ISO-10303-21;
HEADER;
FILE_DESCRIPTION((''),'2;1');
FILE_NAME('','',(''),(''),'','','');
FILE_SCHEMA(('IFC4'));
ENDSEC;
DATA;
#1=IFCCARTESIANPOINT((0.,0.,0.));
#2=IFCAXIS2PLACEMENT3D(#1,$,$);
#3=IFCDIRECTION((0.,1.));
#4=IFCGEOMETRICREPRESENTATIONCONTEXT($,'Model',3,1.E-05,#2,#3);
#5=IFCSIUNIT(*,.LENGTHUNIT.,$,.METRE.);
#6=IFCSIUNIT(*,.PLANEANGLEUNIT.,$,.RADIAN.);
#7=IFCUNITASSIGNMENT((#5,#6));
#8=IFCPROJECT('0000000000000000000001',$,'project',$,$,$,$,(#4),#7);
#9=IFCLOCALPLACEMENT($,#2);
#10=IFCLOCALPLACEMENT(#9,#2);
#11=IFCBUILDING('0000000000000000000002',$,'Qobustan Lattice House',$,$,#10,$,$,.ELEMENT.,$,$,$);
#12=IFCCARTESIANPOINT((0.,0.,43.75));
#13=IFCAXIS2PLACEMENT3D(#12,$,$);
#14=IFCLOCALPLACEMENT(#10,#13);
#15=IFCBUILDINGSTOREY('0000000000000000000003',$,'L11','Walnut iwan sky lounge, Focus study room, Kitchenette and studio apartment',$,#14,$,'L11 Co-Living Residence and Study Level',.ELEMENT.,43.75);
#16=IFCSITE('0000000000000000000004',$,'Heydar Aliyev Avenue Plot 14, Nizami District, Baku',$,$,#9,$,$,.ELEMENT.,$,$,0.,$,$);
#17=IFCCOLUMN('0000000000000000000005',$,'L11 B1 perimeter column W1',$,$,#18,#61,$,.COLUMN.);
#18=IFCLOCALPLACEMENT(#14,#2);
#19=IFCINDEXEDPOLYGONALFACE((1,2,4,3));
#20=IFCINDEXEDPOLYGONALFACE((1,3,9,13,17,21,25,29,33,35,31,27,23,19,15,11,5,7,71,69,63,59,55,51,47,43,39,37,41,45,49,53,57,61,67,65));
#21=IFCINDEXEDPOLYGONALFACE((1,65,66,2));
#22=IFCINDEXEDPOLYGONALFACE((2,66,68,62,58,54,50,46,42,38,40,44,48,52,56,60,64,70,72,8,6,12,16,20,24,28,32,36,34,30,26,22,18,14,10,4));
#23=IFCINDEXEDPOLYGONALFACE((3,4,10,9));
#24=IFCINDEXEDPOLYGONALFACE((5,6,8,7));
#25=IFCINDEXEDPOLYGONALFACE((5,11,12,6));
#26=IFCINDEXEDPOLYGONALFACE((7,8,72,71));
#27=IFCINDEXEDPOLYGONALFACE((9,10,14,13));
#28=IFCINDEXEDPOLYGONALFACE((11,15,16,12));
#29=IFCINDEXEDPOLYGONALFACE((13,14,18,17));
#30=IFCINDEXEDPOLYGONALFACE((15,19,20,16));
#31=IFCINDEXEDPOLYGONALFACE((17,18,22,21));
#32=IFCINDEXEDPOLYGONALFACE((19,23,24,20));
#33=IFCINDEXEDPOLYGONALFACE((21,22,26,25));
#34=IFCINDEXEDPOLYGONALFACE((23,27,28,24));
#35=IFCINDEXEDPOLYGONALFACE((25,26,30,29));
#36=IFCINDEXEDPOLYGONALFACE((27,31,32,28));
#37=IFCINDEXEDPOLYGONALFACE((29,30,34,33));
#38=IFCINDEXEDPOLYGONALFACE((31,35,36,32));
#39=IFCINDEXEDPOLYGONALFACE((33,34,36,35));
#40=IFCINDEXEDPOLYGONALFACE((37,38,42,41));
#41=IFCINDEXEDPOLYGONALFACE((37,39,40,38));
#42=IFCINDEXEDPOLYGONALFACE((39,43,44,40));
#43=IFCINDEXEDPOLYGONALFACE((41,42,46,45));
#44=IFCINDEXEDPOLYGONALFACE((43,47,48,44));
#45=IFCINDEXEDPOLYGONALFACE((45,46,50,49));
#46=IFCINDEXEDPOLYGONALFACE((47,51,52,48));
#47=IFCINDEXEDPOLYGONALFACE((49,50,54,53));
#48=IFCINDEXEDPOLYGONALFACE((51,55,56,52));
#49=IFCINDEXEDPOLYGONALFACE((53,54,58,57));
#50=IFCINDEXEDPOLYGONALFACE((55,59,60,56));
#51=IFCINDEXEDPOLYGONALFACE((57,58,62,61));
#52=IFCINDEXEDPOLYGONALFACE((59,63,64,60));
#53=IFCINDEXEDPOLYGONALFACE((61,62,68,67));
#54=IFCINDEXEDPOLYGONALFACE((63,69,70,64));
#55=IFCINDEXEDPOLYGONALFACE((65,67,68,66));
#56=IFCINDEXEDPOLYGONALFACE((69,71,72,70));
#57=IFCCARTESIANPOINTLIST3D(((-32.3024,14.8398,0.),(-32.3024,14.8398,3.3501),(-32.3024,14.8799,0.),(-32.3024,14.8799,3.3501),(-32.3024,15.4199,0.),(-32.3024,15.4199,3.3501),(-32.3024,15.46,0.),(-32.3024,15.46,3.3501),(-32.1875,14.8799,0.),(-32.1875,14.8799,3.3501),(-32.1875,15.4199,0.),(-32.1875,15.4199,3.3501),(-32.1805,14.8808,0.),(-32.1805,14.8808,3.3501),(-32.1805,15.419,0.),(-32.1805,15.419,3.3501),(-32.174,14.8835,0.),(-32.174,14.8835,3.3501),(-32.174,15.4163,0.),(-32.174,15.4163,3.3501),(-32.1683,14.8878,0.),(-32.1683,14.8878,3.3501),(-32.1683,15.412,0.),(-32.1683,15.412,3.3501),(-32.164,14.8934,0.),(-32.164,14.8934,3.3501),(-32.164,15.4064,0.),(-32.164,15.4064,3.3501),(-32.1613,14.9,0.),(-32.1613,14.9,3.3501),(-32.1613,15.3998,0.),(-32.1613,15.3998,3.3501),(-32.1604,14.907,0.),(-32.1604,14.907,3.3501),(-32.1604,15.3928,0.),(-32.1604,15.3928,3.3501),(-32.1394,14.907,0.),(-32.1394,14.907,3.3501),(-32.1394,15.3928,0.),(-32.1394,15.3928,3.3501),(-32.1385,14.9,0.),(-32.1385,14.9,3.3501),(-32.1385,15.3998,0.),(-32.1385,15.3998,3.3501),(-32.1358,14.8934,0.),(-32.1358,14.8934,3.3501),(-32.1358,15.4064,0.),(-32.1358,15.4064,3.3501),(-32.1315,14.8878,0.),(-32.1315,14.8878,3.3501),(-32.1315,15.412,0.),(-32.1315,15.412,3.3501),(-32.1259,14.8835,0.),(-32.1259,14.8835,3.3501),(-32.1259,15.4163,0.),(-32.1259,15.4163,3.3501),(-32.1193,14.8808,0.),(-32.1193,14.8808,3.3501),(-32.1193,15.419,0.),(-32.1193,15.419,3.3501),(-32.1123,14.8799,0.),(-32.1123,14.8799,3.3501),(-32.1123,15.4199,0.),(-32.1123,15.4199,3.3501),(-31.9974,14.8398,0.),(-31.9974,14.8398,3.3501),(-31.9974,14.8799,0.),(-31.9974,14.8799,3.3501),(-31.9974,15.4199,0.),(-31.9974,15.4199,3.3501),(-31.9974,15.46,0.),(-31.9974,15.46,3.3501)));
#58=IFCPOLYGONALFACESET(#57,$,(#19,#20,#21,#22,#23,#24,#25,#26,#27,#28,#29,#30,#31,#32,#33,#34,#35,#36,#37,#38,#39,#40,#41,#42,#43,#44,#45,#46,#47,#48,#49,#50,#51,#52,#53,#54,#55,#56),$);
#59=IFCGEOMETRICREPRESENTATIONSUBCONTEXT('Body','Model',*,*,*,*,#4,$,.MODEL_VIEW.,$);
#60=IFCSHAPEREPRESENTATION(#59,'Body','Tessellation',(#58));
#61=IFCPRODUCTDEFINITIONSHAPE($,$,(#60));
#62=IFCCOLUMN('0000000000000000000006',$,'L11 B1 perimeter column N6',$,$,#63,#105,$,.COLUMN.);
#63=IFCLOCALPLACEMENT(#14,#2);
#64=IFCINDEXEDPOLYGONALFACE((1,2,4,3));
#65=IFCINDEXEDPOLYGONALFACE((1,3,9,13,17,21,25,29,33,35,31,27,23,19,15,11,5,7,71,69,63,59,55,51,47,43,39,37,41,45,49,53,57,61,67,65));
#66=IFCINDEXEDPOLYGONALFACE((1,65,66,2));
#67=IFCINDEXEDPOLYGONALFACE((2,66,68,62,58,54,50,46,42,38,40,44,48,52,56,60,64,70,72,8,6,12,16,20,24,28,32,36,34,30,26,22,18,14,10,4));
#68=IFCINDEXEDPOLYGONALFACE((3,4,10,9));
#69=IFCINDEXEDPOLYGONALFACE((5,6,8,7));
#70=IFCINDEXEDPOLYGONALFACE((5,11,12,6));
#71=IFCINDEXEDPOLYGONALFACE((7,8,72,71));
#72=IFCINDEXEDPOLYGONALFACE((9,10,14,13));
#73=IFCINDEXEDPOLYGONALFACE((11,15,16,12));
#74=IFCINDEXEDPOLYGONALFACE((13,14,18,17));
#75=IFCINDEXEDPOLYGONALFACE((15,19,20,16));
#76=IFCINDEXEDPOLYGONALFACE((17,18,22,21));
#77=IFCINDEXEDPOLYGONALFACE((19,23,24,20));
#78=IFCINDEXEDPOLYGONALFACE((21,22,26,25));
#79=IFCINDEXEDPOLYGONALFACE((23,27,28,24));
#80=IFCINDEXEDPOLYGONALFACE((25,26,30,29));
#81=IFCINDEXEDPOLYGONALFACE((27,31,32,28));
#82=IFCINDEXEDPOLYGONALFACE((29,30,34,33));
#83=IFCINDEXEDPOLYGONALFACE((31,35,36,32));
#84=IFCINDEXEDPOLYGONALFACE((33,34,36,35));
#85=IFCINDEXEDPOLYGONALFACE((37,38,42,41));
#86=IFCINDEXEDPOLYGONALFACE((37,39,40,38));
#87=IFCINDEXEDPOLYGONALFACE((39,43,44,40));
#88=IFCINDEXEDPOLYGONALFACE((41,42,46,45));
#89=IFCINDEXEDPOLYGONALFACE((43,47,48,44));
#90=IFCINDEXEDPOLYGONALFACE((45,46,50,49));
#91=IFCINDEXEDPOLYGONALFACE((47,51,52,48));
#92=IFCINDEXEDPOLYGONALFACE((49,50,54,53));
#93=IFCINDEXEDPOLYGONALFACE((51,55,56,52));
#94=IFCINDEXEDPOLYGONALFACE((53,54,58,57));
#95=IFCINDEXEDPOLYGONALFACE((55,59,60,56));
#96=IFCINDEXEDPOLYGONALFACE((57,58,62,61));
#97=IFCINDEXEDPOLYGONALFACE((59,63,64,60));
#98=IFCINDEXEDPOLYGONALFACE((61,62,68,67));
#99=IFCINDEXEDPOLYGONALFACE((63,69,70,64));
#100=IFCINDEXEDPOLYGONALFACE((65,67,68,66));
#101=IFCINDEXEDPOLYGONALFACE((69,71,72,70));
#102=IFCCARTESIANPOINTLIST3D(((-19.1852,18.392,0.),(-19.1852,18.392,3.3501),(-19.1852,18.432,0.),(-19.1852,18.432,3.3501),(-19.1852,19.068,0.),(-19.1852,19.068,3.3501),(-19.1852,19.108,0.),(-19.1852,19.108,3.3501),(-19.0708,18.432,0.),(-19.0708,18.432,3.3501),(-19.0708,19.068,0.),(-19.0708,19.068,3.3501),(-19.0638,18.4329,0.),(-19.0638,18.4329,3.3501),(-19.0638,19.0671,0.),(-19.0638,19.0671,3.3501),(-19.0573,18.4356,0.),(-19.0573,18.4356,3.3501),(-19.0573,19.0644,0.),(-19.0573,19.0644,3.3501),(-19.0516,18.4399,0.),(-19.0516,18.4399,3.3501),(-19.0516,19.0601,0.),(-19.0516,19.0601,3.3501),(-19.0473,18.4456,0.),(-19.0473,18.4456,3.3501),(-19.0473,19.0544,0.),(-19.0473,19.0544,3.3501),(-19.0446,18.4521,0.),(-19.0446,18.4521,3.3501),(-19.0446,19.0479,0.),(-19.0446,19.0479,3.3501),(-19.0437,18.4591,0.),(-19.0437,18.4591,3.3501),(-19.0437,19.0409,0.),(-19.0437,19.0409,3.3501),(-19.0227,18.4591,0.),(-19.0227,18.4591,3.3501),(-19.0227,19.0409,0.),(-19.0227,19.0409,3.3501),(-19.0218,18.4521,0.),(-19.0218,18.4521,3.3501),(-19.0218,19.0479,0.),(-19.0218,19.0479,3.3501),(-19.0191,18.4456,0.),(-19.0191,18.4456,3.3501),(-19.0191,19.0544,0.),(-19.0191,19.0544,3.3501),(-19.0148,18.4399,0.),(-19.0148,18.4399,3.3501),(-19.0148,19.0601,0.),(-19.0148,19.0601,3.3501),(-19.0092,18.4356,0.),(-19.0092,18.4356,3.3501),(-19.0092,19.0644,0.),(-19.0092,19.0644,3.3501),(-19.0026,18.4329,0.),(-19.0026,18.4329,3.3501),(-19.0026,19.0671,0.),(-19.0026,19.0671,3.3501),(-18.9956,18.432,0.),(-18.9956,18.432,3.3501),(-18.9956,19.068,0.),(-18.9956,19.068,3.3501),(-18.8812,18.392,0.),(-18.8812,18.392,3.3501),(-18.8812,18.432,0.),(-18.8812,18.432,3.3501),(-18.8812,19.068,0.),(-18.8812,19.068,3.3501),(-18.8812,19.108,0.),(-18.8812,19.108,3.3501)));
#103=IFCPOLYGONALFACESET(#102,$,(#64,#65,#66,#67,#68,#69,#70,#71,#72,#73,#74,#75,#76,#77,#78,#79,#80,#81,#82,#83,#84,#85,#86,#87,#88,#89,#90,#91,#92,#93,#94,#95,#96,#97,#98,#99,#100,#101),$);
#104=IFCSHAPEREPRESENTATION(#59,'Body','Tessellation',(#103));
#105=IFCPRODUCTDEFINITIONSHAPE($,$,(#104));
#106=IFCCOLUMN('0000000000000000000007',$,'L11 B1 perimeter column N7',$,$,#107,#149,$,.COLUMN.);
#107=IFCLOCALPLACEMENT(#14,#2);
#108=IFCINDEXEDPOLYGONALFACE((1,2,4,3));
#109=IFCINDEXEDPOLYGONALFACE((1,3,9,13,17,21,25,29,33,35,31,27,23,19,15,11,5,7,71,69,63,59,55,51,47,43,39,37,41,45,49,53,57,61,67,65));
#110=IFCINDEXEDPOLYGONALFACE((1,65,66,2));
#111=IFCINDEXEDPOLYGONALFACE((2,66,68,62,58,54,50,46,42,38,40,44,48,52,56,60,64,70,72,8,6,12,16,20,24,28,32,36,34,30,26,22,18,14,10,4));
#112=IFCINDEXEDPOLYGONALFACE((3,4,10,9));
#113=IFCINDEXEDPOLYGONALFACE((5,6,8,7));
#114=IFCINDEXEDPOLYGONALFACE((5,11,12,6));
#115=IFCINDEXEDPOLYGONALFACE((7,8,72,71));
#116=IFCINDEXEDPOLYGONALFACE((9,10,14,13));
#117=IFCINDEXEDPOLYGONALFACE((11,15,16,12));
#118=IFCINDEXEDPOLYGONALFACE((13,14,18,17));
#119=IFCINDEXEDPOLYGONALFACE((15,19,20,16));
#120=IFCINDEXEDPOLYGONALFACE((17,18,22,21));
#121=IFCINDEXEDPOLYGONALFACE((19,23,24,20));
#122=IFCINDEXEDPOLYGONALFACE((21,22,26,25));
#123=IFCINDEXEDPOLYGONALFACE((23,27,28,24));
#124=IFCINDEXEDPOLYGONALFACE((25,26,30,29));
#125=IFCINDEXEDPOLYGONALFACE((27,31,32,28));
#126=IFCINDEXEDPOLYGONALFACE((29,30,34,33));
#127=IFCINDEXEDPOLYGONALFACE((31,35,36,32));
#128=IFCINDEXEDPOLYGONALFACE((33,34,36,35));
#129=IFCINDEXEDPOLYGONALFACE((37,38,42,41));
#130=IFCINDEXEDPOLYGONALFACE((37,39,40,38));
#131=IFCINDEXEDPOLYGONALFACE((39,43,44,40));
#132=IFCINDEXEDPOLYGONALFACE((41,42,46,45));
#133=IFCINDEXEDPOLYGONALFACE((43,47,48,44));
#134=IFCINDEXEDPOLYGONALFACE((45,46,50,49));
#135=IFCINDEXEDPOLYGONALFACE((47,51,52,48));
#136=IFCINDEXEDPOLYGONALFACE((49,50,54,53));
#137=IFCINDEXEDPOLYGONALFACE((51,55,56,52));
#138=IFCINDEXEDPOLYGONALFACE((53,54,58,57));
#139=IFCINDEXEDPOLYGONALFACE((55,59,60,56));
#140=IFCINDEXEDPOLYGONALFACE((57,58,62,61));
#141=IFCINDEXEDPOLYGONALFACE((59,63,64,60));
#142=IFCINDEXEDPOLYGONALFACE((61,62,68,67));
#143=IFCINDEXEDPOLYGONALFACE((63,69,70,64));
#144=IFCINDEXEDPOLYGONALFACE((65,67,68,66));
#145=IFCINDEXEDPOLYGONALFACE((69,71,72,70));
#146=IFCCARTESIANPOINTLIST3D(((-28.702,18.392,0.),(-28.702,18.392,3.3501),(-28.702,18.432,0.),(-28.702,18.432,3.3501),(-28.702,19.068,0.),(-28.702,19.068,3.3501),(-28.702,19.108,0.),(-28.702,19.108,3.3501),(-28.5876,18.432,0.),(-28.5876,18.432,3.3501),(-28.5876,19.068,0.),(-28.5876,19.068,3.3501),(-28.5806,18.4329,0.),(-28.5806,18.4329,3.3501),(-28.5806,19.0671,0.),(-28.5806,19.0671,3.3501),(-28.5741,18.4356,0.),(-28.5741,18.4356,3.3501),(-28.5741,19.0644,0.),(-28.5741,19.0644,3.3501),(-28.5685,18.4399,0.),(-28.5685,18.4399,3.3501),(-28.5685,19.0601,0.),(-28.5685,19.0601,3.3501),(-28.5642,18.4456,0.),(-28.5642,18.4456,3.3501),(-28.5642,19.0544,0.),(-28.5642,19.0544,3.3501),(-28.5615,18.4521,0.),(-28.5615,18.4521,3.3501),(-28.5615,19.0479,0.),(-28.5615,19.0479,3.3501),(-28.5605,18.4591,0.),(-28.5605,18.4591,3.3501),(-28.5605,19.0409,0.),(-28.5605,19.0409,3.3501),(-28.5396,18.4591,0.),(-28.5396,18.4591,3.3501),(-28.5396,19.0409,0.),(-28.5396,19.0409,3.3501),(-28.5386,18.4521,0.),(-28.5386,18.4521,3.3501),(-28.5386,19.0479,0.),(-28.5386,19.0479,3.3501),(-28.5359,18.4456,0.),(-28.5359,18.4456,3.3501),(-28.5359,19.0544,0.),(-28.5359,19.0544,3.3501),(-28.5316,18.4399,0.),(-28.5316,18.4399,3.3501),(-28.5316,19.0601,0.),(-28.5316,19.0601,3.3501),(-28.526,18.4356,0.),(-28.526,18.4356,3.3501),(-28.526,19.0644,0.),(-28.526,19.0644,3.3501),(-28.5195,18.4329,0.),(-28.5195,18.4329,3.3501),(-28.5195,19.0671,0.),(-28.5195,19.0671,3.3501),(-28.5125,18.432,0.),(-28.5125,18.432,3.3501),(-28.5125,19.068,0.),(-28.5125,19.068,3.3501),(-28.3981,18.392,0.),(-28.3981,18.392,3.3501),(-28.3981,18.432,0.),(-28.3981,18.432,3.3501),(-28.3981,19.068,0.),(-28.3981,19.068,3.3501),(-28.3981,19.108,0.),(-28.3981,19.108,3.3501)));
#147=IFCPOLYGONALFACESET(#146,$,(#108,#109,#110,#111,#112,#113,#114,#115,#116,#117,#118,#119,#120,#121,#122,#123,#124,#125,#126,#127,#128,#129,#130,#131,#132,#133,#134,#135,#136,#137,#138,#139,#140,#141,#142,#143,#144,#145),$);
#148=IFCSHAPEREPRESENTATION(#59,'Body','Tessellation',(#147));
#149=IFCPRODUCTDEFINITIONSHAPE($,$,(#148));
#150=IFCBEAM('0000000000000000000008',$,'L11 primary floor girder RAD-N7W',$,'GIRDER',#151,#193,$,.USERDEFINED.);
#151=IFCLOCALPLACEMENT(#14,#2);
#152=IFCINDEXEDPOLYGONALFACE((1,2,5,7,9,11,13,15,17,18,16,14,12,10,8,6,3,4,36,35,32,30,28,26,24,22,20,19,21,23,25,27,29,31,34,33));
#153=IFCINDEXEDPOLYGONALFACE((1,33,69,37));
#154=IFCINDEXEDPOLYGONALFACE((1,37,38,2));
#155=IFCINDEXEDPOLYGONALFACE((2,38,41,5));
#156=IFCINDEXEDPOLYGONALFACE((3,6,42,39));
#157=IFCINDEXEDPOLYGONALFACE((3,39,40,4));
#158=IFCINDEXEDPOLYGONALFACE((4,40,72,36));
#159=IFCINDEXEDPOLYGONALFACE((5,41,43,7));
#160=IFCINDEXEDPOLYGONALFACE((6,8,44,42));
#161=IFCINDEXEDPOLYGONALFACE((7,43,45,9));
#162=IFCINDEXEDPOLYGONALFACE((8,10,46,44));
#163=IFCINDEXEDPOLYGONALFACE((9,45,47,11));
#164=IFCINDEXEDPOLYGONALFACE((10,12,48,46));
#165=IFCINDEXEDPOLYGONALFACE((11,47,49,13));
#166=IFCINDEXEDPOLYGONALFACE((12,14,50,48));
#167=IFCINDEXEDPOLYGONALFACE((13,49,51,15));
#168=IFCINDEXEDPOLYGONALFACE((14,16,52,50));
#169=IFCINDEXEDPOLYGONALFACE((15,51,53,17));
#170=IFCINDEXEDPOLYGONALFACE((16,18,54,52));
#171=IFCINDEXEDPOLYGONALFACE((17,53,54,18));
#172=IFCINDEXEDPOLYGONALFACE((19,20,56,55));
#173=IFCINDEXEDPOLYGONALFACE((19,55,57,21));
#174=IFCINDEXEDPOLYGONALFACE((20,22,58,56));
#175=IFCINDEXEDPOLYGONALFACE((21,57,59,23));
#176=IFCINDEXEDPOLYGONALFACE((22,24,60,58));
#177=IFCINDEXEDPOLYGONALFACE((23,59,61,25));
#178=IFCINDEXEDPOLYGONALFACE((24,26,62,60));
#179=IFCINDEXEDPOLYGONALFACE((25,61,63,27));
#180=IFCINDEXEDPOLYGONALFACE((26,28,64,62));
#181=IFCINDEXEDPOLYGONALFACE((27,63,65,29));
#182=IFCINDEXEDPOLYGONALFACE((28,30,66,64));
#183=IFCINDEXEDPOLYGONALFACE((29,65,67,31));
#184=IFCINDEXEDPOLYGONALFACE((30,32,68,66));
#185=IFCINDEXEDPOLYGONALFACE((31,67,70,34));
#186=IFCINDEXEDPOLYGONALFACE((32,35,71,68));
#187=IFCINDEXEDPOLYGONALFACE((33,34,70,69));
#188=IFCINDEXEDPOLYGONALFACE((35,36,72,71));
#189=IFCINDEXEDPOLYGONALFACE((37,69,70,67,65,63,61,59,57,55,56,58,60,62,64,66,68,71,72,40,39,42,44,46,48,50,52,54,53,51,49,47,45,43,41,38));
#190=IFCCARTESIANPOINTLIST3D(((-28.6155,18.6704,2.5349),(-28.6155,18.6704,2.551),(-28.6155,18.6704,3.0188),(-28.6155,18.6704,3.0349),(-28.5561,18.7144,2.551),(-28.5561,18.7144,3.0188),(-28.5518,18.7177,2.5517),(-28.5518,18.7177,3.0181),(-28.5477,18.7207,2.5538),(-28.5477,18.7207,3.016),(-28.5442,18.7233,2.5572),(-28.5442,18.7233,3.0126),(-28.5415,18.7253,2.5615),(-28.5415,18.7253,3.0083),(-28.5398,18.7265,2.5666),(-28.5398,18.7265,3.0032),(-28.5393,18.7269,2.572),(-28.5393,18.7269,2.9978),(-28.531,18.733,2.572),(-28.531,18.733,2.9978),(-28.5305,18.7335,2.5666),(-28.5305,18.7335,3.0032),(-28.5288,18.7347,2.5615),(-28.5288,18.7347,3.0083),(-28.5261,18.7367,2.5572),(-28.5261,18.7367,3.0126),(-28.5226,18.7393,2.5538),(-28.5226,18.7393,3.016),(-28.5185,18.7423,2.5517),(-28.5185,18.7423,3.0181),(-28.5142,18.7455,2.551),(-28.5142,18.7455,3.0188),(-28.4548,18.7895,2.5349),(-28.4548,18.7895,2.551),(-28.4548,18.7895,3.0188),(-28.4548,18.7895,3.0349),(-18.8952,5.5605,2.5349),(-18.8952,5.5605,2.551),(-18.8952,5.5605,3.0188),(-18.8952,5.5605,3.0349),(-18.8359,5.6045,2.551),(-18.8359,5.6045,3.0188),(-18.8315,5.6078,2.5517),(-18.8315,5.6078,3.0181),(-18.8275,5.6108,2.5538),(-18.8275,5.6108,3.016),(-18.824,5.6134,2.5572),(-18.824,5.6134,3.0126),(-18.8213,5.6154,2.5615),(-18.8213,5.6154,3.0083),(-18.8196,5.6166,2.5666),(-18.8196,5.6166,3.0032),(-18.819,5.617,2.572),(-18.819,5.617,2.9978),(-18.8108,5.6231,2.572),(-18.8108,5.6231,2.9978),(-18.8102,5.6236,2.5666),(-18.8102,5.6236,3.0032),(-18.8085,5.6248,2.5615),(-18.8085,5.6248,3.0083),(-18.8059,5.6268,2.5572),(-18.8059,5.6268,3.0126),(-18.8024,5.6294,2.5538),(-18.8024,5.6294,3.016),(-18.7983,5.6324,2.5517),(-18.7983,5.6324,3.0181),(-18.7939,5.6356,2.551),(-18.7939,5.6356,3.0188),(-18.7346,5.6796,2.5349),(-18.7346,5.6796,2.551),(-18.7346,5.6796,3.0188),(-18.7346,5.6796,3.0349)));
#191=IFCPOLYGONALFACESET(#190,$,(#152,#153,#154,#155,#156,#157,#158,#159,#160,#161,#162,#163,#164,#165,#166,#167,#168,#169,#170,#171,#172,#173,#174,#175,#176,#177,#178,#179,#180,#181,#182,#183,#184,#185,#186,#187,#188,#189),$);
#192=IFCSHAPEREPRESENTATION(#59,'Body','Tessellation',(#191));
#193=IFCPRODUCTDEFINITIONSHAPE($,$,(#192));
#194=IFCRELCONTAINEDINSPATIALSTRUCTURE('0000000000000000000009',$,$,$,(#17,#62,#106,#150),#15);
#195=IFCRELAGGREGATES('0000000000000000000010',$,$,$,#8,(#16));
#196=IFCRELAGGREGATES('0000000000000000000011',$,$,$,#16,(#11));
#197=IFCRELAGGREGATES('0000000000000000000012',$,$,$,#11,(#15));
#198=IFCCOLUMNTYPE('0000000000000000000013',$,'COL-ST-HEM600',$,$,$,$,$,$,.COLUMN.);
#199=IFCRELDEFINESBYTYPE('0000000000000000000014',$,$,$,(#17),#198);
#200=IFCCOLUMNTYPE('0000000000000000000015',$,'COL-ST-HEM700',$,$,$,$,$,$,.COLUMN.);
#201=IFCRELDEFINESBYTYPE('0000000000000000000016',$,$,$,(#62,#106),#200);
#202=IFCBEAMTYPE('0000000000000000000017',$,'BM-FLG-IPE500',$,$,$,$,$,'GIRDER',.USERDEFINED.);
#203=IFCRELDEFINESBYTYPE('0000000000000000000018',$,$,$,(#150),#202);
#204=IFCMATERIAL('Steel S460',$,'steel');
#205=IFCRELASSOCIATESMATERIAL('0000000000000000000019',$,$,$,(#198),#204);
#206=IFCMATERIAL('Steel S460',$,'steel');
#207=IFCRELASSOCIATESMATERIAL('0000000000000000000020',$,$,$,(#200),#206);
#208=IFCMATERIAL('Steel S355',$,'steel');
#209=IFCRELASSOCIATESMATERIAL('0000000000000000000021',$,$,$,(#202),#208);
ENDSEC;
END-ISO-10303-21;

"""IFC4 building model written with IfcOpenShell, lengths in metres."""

from ifc_helpers import new_model, si_unit, direction, frame, origin, origin_2d, place, context, subcontext, project, spatial, i_section, extrude, material, material_profile, profile_set, type_object, element, save


model = new_model("IFC4")

# Units and contexts
model_context = context("Model", 3, precision=1e-05, world=origin(), true_north=direction((0.0, 1.0)))
body_context = subcontext(model_context, "Body", "Model", "MODEL_VIEW")
ifc_project = project(units=[si_unit("LENGTHUNIT", "METRE"), si_unit("PLANEANGLEUNIT", "RADIAN")], contexts=[model_context])

# Site, building, storey
site_placement = place(None, origin())
site = spatial("IfcSite", under=ifc_project, at=site_placement, Name="Heydar Aliyev Avenue Plot 14, Nizami District, Baku", CompositionType="ELEMENT", RefElevation=0.0)
building_placement = place(site_placement, origin())
building = spatial("IfcBuilding", under=site, at=building_placement, Name="Qobustan Lattice House", CompositionType="ELEMENT")
storey_placement = place(building_placement, frame((0.0, 0.0, 43.75)))
storey = spatial("IfcBuildingStorey", under=building, at=storey_placement, Name="L11", Description="Walnut iwan sky lounge, Focus study room, Kitchenette and studio apartment", LongName="L11 Co-Living Residence and Study Level", CompositionType="ELEMENT", Elevation=43.75)

# Columns
ifc_material_1 = material(Name="Steel S460", Category="steel")
ifc_material_profile_1 = material_profile(ifc_material_1, i_section(OverallWidth=0.3049, OverallDepth=0.6201, WebThickness=0.021, FlangeThickness=0.04, FilletRadius=0.0271, at=origin_2d()), Name="HEM600")
ifc_profile_set_1 = profile_set([ifc_material_profile_1], Name="Steel S460")
column_type_1 = type_object("IfcColumnType", Name="COL-ST-HEM600", PredefinedType="COLUMN", material=ifc_profile_set_1)
column_placement = place(storey_placement, frame((-32.1499, 15.1499, 0.0), z_axis=(0.0, 0.0, 1.0), x_axis=(1.0, 0.0, 0.0)))
element("IfcColumn", 1, at=column_placement, inside=storey, type_object=column_type_1, Name="L11 B1 perimeter column W1", PredefinedType="COLUMN", context=body_context, shape_type="SweptSolid", body=[
    extrude(i_section(OverallWidth=0.3049, OverallDepth=0.6201, WebThickness=0.021, FlangeThickness=0.04, FilletRadius=0.0271, at=origin_2d()), origin(), (0.0, 0.0, 1.0), 3.3501),
])
ifc_material_2 = material(Name="Steel S460", Category="steel")
ifc_material_profile_2 = material_profile(ifc_material_2, i_section(OverallWidth=0.304, OverallDepth=0.7161, WebThickness=0.021, FlangeThickness=0.04, FilletRadius=0.0271, at=origin_2d()), Name="HEM700")
ifc_profile_set_2 = profile_set([ifc_material_profile_2], Name="Steel S460")
column_type_2 = type_object("IfcColumnType", Name="COL-ST-HEM700", PredefinedType="COLUMN", material=ifc_profile_set_2)
for number, where, z_axis, x_axis, name in (
    (2, (-19.0332, 18.75, 0.0), (0.0, 0.0, 1.0), (1.0, 0.0, 0.0), "L11 B1 perimeter column N6"),
    (3, (-28.55, 18.75, 0.0), (0.0, 0.0, 1.0), (1.0, 0.0, 0.0), "L11 B1 perimeter column N7"),
):
    element("IfcColumn", number, at=place(storey_placement, frame(where, z_axis=z_axis, x_axis=x_axis)), inside=storey, type_object=column_type_2, Name=name, PredefinedType="COLUMN", context=body_context, shape_type="SweptSolid", body=[
        extrude(i_section(OverallWidth=0.304, OverallDepth=0.7161, WebThickness=0.021, FlangeThickness=0.04, FilletRadius=0.0271, at=origin_2d()), origin(), (0.0, 0.0, 1.0), 3.3501),
    ])

# Beam
ifc_material_3 = material(Name="Steel S355", Category="steel")
ifc_material_profile_3 = material_profile(ifc_material_3, i_section(OverallWidth=0.2, OverallDepth=0.5, WebThickness=0.0103, FlangeThickness=0.0161, FilletRadius=0.021, at=origin_2d()), Name="IPE500")
ifc_profile_set_3 = profile_set([ifc_material_profile_3], Name="Steel S355")
beam_type_1 = type_object("IfcBeamType", Name="BM-FLG-IPE500", ElementType="GIRDER", PredefinedType="USERDEFINED", material=ifc_profile_set_3)
beam_1_placement = place(storey_placement, frame((-28.5352, 18.73, 2.7849), z_axis=(0.595592, -0.803287, 0.0), x_axis=(0.803287, 0.595592, 0.0)))
element("IfcBeam", 4, at=beam_1_placement, inside=storey, type_object=beam_type_1, Name="L11 primary floor girder RAD-N7W", ObjectType="GIRDER", PredefinedType="USERDEFINED", context=body_context, shape_type="SweptSolid", body=[
    extrude(i_section(OverallWidth=0.2, OverallDepth=0.5, WebThickness=0.0103, FlangeThickness=0.0161, FilletRadius=0.021, at=origin_2d()), origin(), (0.0, 0.0, 1.0), 16.3203),
])

save(model, "model.ifc")
